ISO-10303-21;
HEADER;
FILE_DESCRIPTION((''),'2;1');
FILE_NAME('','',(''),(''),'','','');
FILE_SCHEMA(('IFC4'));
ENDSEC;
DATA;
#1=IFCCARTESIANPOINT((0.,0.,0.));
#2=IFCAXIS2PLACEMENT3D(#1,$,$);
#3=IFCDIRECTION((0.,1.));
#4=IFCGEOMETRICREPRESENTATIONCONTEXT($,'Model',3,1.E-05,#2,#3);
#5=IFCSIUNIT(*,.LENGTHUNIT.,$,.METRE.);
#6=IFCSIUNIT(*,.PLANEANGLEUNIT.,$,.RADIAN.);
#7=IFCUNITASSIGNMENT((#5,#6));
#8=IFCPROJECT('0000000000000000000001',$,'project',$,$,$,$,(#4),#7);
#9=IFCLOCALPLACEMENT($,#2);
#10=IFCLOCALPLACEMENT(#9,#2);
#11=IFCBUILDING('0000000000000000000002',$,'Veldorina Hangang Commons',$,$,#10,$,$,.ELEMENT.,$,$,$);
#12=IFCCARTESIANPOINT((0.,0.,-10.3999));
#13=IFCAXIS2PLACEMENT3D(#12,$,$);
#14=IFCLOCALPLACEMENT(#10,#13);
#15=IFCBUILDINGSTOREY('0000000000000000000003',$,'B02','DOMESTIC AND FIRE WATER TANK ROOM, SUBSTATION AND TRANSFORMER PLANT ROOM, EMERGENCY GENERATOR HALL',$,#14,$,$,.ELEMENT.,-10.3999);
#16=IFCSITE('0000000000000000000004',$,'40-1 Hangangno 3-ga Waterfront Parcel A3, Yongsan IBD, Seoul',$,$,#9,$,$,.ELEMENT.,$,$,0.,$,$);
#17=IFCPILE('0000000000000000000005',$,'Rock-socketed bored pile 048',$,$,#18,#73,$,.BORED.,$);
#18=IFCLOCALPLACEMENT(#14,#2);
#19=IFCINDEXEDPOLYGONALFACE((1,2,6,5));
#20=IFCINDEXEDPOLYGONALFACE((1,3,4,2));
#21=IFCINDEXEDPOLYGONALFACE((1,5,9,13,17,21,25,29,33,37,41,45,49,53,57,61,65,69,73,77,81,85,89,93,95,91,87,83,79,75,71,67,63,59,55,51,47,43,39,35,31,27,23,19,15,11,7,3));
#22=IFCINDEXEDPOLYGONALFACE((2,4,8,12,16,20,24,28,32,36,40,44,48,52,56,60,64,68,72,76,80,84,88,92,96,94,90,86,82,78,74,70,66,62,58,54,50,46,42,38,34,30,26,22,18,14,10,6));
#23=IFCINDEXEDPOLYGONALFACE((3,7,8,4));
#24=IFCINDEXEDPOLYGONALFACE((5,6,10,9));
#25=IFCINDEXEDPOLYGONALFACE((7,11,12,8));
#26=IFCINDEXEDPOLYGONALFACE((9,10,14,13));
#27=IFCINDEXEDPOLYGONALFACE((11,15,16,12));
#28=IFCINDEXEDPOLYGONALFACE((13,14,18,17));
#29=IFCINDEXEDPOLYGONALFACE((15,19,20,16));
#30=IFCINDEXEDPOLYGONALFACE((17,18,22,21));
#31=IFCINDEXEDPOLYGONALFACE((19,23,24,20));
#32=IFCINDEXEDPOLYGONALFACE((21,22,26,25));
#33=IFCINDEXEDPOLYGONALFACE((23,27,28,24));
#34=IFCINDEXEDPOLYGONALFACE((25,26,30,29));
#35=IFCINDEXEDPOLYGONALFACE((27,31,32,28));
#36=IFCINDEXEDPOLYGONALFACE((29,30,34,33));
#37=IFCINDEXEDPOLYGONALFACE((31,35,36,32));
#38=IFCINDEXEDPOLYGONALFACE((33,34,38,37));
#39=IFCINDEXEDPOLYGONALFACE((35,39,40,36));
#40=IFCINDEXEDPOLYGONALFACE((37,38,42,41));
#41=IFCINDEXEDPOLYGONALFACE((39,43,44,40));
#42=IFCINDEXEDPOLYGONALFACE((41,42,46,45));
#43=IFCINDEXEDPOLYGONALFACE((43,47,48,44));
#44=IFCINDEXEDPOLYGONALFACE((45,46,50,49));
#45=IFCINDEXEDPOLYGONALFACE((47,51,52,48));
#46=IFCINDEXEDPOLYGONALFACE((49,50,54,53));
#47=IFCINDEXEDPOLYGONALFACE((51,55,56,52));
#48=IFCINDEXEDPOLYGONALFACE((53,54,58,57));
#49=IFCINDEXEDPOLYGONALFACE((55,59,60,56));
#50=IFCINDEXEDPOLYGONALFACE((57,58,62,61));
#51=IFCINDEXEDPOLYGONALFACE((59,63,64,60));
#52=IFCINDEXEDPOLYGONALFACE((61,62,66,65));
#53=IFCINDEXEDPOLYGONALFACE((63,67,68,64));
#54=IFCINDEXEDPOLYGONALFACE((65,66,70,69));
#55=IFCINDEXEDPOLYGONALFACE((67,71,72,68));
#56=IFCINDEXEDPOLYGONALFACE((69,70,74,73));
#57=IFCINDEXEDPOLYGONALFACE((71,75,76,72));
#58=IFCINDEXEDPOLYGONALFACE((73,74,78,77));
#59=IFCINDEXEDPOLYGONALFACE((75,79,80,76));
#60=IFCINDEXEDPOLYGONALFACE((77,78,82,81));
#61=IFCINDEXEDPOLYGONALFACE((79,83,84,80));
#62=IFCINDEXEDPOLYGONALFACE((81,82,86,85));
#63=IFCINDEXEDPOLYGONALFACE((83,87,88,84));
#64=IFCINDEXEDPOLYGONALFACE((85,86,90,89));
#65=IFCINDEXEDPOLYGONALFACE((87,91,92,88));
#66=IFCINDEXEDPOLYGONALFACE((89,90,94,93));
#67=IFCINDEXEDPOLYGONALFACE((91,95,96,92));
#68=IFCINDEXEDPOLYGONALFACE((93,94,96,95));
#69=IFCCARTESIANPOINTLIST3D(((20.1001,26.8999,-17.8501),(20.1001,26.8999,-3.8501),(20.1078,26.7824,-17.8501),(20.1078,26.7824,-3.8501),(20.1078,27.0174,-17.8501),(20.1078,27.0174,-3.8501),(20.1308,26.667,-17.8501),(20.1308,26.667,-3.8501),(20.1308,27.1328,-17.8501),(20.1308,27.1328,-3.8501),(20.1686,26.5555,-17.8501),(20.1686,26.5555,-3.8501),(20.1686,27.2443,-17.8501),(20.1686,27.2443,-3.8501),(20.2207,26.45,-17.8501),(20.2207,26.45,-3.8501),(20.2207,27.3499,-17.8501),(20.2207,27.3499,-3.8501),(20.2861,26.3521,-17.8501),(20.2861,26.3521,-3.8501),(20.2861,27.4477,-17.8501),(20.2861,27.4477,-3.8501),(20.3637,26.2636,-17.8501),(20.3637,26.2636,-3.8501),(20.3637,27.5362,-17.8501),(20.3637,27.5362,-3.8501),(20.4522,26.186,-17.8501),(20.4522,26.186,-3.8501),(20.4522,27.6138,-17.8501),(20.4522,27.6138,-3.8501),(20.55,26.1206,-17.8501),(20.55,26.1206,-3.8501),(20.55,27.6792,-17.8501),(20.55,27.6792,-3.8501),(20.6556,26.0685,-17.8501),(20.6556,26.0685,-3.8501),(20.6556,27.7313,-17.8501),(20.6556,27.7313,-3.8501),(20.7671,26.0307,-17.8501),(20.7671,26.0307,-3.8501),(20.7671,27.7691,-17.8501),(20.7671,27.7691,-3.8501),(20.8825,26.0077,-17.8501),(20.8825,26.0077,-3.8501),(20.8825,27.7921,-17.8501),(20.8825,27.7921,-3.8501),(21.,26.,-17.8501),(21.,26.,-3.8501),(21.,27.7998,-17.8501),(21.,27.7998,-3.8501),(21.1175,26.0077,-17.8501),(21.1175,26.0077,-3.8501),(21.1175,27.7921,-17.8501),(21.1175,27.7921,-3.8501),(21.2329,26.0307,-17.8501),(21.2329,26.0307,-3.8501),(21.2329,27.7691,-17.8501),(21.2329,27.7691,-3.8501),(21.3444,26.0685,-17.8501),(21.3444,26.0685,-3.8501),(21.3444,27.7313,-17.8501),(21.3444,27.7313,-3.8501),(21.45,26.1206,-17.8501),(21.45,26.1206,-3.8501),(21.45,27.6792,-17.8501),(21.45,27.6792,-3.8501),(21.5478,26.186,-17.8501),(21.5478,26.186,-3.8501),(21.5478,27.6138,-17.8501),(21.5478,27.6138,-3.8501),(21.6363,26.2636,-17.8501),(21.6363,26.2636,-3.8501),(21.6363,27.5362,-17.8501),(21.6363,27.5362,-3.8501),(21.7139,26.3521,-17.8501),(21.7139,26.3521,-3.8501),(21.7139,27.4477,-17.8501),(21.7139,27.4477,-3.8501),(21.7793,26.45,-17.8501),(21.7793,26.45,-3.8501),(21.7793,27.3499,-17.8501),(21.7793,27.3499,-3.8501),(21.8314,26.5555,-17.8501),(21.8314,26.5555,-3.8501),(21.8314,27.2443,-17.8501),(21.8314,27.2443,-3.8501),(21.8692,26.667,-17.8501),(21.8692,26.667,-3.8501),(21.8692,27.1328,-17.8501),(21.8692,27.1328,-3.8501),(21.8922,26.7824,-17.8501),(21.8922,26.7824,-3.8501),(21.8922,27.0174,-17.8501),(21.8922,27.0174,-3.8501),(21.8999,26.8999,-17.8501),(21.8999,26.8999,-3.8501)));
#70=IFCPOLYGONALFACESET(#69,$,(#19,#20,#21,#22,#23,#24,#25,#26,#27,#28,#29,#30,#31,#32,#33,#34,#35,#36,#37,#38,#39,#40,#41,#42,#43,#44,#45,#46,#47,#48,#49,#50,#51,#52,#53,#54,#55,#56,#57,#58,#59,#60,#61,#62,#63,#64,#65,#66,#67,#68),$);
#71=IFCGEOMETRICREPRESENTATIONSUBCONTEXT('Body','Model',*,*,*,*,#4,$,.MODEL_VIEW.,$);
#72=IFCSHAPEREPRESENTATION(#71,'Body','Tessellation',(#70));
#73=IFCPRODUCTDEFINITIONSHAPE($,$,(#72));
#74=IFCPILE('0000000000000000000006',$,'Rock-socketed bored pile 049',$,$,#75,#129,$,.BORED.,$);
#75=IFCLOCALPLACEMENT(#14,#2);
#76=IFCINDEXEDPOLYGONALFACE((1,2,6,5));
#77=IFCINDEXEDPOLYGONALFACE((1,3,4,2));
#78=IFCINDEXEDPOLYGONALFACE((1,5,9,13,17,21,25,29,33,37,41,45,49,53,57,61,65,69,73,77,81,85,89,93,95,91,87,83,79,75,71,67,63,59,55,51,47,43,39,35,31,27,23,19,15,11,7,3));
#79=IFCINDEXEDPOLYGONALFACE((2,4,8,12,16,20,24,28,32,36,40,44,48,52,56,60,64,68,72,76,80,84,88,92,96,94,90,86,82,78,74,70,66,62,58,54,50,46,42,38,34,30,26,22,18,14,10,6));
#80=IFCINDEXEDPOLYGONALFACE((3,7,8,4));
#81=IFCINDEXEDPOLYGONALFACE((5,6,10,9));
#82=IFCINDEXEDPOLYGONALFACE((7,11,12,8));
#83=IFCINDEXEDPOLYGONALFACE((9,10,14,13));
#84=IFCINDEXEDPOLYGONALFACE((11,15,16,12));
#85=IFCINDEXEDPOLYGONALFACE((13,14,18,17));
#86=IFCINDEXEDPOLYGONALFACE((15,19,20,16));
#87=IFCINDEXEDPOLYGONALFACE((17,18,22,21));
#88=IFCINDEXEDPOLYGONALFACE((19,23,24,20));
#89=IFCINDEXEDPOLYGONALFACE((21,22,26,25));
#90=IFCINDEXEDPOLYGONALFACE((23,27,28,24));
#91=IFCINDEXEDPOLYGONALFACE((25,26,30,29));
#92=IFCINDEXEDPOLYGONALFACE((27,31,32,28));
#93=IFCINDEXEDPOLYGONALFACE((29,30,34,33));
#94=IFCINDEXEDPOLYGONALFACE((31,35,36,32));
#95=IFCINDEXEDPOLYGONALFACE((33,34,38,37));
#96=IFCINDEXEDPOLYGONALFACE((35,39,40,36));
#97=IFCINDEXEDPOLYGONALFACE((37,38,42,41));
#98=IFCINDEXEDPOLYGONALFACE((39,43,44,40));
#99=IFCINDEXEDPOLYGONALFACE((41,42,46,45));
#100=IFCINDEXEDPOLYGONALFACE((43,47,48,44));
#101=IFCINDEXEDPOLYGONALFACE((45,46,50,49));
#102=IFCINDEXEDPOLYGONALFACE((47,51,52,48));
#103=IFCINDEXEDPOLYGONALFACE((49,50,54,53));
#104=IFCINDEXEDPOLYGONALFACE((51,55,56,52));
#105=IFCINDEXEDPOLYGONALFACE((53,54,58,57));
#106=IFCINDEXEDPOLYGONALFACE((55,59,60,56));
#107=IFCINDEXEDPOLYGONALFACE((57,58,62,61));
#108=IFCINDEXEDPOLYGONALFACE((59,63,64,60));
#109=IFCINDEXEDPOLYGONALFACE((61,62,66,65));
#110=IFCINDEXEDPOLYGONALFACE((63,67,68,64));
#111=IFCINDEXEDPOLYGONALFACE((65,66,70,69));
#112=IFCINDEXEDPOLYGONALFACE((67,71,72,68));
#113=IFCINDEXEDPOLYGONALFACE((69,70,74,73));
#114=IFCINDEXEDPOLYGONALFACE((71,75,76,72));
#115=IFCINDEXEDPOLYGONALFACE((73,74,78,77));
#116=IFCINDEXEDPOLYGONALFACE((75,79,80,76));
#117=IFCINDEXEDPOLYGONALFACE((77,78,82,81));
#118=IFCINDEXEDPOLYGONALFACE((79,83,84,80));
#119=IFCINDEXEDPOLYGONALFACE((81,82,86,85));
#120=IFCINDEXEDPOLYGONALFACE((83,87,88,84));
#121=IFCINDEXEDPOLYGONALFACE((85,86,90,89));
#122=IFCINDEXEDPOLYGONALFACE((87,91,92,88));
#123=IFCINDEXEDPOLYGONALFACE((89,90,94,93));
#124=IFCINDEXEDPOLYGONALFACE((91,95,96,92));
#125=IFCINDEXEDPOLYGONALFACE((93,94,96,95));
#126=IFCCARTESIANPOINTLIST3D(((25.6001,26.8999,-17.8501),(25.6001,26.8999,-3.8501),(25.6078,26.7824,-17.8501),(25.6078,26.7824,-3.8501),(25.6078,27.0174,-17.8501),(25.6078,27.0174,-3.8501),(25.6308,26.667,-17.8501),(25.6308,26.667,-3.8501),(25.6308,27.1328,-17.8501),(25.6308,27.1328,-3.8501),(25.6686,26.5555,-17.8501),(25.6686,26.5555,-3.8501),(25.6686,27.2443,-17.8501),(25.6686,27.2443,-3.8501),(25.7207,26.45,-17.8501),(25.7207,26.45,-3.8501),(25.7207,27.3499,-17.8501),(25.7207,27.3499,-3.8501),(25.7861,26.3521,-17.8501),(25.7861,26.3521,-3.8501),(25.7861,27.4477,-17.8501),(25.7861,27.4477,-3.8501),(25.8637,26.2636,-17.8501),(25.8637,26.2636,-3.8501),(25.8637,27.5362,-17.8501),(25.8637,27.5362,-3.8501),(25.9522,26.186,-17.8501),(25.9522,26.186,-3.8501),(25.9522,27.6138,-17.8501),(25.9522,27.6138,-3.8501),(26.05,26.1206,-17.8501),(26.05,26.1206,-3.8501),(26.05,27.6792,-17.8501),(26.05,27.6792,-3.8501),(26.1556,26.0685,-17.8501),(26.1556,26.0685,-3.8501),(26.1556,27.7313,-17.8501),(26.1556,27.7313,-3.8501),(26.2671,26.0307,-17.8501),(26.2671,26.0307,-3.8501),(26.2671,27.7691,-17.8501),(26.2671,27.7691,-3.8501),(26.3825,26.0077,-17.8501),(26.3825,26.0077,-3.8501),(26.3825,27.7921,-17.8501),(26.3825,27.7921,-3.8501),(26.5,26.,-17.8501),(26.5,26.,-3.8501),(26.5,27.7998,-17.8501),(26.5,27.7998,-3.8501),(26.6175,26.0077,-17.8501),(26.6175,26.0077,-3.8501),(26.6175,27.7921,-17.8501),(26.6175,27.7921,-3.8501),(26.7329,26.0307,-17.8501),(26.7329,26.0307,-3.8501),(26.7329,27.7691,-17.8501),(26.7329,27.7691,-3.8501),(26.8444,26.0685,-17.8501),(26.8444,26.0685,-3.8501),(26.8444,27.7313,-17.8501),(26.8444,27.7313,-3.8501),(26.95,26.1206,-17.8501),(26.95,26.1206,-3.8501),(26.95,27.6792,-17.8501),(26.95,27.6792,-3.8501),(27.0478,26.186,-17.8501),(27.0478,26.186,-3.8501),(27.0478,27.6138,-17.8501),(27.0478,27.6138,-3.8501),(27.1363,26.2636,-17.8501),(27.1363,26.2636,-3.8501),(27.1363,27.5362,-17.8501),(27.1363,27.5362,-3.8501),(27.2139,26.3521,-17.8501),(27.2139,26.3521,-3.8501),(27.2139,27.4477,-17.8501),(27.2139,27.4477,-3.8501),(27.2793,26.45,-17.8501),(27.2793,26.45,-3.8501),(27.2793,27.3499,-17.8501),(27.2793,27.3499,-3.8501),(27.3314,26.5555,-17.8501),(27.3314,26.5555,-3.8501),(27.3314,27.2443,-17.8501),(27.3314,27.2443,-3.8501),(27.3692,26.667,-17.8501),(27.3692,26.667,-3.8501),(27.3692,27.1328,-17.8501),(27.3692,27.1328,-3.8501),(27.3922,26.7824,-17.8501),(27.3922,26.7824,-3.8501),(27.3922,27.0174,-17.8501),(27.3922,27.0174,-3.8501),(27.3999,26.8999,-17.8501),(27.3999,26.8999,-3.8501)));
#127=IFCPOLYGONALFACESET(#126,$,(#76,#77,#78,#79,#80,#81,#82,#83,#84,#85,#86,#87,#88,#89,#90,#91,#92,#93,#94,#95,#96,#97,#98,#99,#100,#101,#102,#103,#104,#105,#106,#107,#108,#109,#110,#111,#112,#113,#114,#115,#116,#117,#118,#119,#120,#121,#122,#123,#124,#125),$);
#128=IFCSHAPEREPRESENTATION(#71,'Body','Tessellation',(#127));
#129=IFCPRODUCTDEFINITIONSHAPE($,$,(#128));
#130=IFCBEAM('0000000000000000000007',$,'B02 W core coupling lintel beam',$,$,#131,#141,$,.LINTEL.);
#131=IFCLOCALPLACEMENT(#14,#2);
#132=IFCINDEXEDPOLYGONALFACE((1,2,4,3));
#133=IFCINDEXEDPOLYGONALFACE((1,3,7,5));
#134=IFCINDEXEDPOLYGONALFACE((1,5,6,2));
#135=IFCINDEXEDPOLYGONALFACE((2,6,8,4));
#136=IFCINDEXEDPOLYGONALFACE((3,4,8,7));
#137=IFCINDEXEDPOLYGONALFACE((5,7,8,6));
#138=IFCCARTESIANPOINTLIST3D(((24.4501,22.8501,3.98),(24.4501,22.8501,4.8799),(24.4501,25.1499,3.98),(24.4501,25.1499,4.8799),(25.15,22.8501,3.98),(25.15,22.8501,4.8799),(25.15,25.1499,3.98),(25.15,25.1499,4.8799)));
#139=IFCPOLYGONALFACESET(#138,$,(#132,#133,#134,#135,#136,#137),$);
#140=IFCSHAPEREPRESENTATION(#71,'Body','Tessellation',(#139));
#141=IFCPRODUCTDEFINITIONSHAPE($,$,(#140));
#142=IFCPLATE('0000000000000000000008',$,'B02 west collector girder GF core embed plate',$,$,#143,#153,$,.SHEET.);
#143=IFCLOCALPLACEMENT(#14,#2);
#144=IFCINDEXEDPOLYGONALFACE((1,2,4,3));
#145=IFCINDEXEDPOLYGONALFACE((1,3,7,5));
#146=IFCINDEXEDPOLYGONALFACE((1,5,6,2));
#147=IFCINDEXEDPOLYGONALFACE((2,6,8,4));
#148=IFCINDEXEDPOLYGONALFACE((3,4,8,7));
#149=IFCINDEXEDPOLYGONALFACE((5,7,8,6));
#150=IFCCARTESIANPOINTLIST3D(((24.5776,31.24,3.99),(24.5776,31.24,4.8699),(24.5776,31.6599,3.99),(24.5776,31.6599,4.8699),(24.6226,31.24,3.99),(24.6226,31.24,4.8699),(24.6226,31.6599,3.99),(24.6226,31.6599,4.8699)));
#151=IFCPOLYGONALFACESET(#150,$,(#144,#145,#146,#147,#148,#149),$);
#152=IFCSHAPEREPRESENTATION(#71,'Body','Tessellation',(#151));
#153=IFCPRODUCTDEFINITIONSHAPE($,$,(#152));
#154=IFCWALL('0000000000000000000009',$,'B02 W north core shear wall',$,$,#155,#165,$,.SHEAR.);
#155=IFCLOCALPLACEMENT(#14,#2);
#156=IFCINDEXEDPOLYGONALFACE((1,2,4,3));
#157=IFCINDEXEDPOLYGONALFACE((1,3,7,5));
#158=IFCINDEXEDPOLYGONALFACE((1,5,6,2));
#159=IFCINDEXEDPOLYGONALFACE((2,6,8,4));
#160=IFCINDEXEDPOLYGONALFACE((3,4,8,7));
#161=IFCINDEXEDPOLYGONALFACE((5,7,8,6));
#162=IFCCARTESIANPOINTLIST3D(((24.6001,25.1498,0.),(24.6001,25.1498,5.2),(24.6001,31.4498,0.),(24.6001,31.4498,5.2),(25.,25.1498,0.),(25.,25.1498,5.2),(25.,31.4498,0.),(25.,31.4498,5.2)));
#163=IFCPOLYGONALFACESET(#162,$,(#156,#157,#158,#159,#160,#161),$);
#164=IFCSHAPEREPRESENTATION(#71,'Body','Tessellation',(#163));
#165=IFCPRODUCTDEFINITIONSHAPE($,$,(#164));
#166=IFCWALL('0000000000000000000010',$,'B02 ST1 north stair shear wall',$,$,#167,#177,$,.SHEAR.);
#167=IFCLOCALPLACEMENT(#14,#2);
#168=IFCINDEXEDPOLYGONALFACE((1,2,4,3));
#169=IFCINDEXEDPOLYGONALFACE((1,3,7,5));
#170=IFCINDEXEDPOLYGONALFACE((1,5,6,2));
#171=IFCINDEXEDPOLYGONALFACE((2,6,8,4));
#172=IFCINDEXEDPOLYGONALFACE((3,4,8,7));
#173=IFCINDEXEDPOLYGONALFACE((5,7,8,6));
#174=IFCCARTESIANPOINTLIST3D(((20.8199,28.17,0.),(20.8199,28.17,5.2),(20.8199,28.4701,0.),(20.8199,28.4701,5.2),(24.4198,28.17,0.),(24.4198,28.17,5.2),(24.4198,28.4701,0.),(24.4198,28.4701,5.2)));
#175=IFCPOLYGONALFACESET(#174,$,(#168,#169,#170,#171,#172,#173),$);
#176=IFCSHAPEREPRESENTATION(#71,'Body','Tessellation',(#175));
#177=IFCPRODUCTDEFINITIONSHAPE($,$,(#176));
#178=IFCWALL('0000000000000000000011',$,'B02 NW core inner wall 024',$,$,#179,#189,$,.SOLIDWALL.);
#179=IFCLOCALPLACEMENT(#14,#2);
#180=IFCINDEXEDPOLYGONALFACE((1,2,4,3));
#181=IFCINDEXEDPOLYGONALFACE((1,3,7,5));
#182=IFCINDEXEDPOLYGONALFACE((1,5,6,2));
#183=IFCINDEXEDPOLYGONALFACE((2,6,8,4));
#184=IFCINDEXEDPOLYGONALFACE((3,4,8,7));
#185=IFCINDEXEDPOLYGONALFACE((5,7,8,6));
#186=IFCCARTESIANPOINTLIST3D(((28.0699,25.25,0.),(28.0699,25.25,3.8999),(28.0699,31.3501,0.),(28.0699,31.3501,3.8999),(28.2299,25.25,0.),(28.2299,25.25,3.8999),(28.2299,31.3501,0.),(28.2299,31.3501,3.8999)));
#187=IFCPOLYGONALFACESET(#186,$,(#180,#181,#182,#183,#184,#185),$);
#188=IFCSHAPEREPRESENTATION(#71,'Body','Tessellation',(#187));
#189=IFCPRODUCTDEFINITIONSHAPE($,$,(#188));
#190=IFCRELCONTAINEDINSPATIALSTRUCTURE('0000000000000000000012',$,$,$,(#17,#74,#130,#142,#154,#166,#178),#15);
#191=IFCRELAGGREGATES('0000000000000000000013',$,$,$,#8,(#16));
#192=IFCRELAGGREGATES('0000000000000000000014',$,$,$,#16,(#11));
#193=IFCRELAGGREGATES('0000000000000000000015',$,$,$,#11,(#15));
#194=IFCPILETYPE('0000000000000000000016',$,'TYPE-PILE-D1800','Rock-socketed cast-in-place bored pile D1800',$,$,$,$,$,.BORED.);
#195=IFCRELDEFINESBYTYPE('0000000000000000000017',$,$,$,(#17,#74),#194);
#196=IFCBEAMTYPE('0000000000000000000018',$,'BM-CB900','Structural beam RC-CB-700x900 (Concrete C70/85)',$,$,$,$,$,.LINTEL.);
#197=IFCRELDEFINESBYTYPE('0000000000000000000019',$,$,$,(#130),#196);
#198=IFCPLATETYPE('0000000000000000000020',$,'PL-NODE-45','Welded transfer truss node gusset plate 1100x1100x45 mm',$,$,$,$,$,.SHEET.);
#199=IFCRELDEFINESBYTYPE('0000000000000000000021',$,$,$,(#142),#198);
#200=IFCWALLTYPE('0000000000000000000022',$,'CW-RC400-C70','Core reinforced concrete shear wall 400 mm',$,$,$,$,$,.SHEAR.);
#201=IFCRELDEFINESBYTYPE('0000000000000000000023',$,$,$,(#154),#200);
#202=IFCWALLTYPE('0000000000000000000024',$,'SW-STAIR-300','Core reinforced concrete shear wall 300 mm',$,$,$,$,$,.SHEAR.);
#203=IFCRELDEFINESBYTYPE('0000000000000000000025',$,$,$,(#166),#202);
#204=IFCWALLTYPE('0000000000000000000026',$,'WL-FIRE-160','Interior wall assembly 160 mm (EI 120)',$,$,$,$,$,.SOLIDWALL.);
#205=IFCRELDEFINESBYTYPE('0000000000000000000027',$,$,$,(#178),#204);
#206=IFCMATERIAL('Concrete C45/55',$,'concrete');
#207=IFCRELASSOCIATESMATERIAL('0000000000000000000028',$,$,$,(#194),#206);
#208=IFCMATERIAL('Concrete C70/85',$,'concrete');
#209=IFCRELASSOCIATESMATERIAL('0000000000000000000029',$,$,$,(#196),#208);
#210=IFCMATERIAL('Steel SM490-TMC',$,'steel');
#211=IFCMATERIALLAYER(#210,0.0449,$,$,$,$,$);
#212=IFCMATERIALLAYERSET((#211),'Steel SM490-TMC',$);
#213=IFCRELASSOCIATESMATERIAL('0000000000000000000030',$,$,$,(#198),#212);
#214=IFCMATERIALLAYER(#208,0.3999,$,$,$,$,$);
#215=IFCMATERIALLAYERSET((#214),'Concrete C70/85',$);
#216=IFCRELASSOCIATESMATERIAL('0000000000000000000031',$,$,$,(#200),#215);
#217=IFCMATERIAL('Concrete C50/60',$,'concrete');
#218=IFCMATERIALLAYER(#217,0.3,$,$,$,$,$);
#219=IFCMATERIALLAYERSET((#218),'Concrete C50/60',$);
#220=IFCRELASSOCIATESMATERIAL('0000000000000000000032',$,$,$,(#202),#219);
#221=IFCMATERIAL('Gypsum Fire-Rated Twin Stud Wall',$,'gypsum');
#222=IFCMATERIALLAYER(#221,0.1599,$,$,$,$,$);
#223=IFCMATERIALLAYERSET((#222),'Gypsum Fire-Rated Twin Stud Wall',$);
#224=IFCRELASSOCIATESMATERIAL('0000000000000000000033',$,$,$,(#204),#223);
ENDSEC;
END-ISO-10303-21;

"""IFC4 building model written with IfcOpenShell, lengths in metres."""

from ifc_helpers import new_model, si_unit, direction, frame, frame_2d, origin, origin_2d, place, context, subcontext, project, spatial, rectangle, circle, extrude, material, layer, layer_set, material_profile, profile_set, type_object, element, save


model = new_model("IFC4")

# Units and contexts
model_context = context("Model", 3, precision=1e-05, world=origin(), true_north=direction((0.0, 1.0)))
body_context = subcontext(model_context, "Body", "Model", "MODEL_VIEW")
ifc_project = project(units=[si_unit("LENGTHUNIT", "METRE"), si_unit("PLANEANGLEUNIT", "RADIAN")], contexts=[model_context])

# Site, building, storey
site_placement = place(None, origin())
site = spatial("IfcSite", under=ifc_project, at=site_placement, Name="40-1 Hangangno 3-ga Waterfront Parcel A3, Yongsan IBD, Seoul", CompositionType="ELEMENT", RefElevation=0.0)
building_placement = place(site_placement, origin())
building = spatial("IfcBuilding", under=site, at=building_placement, Name="Veldorina Hangang Commons", CompositionType="ELEMENT")
storey_placement = place(building_placement, frame((0.0, 0.0, -10.3999)))
storey = spatial("IfcBuildingStorey", under=building, at=storey_placement, Name="B02", Description="DOMESTIC AND FIRE WATER TANK ROOM, SUBSTATION AND TRANSFORMER PLANT ROOM, EMERGENCY GENERATOR HALL", CompositionType="ELEMENT", Elevation=-10.3999)

# Piles
ifc_material_1 = material(Name="Concrete C45/55", Category="concrete")
ifc_material_profile_1 = material_profile(ifc_material_1, circle(Radius=0.8999, at=origin_2d()), Name="PILE-D1800")
ifc_profile_set_1 = profile_set([ifc_material_profile_1], Name="Concrete C45/55")
pile_type = type_object("IfcPileType", Name="TYPE-PILE-D1800", Description="Rock-socketed cast-in-place bored pile D1800", PredefinedType="BORED", material=ifc_profile_set_1)
for number, where, z_axis, x_axis, name in (
    (1, (21.0, 26.8999, -3.8501), (0.0, 0.0, -1.0), (1.0, 0.0, 0.0), "Rock-socketed bored pile 048"),
    (2, (26.5, 26.8999, -3.8501), (0.0, 0.0, -1.0), (1.0, 0.0, 0.0), "Rock-socketed bored pile 049"),
):
    element("IfcPile", number, at=place(storey_placement, frame(where, z_axis=z_axis, x_axis=x_axis)), inside=storey, type_object=pile_type, Name=name, PredefinedType="BORED", context=body_context, shape_type="SweptSolid", body=[
        extrude(circle(Radius=0.8999, at=origin_2d()), origin(), (0.0, 0.0, 1.0), 14.0),
    ])

# Beam
ifc_material_2 = material(Name="Concrete C70/85", Category="concrete")
ifc_material_profile_2 = material_profile(ifc_material_2, rectangle(XDim=0.7, YDim=0.8999, at=origin_2d()), Name="RC-CB-700x900")
ifc_profile_set_2 = profile_set([ifc_material_profile_2], Name="Concrete C70/85")
beam_type = type_object("IfcBeamType", Name="BM-CB900", Description="Structural beam RC-CB-700x900 (Concrete C70/85)", PredefinedType="LINTEL", material=ifc_profile_set_2)
beam_placement = place(storey_placement, frame((24.8, 22.8501, 4.4299), z_axis=(0.0, 1.0, 0.0), x_axis=(-1.0, 0.0, 0.0)))
element("IfcBeam", 3, at=beam_placement, inside=storey, type_object=beam_type, Name="B02 W core coupling lintel beam", PredefinedType="LINTEL", context=body_context, shape_type="SweptSolid", body=[
    extrude(rectangle(XDim=0.7, YDim=0.8999, at=origin_2d()), origin(), (0.0, 0.0, 1.0), 2.2998),
])

# Plate
ifc_material_3 = material(Name="Steel SM490-TMC", Category="steel")
ifc_layer_1 = layer(ifc_material_3, 0.0449)
ifc_layer_set_1 = layer_set([ifc_layer_1], Name="Steel SM490-TMC")
plate_type = type_object("IfcPlateType", Name="PL-NODE-45", Description="Welded transfer truss node gusset plate 1100x1100x45 mm", PredefinedType="SHEET", material=ifc_layer_set_1)
plate_placement = place(storey_placement, frame((24.6001, 31.45, 3.99), z_axis=(0.0, 0.0, 1.0), x_axis=(1.0, 0.0, 0.0)))
element("IfcPlate", 4, at=plate_placement, inside=storey, type_object=plate_type, Name="B02 west collector girder GF core embed plate", PredefinedType="SHEET", context=body_context, shape_type="SweptSolid", body=[
    extrude(rectangle(XDim=0.0449, YDim=0.4199, at=origin_2d()), origin(), (0.0, 0.0, 1.0), 0.8799),
])

# Walls
ifc_layer_2 = layer(ifc_material_2, 0.3999)
ifc_layer_set_2 = layer_set([ifc_layer_2], Name="Concrete C70/85")
wall_type_1 = type_object("IfcWallType", Name="CW-RC400-C70", Description="Core reinforced concrete shear wall 400 mm", PredefinedType="SHEAR", material=ifc_layer_set_2)
wall_1_placement = place(storey_placement, frame((24.8, 25.1499, 0.0), z_axis=(0.0, 0.0, 1.0), x_axis=(0.0, 1.0, 0.0)))
element("IfcWall", 5, at=wall_1_placement, inside=storey, type_object=wall_type_1, Name="B02 W north core shear wall", PredefinedType="SHEAR", context=body_context, shape_type="SweptSolid", body=[
    extrude(rectangle(XDim=6.3, YDim=0.3999, at=frame_2d((3.1499, 0.0))), origin(), (0.0, 0.0, 1.0), 5.2),
])
ifc_material_4 = material(Name="Concrete C50/60", Category="concrete")
ifc_layer_3 = layer(ifc_material_4, 0.3)
ifc_layer_set_3 = layer_set([ifc_layer_3], Name="Concrete C50/60")
wall_type_2 = type_object("IfcWallType", Name="SW-STAIR-300", Description="Core reinforced concrete shear wall 300 mm", PredefinedType="SHEAR", material=ifc_layer_set_3)
wall_2_placement = place(storey_placement, frame((20.8201, 28.3201, 0.0), z_axis=(0.0, 0.0, 1.0), x_axis=(1.0, 0.0, 0.0)))
element("IfcWall", 6, at=wall_2_placement, inside=storey, type_object=wall_type_2, Name="B02 ST1 north stair shear wall", PredefinedType="SHEAR", context=body_context, shape_type="SweptSolid", body=[
    extrude(rectangle(XDim=3.5999, YDim=0.3, at=frame_2d((1.7998, 0.0))), origin(), (0.0, 0.0, 1.0), 5.2),
])
ifc_material_5 = material(Name="Gypsum Fire-Rated Twin Stud Wall", Category="gypsum")
ifc_layer_4 = layer(ifc_material_5, 0.1599)
ifc_layer_set_4 = layer_set([ifc_layer_4], Name="Gypsum Fire-Rated Twin Stud Wall")
wall_type_3 = type_object("IfcWallType", Name="WL-FIRE-160", Description="Interior wall assembly 160 mm (EI 120)", PredefinedType="SOLIDWALL", material=ifc_layer_set_4)
wall_3_placement = place(storey_placement, frame((28.1499, 25.25, 0.0), z_axis=(0.0, 0.0, 1.0), x_axis=(0.0, 1.0, 0.0)))
element("IfcWall", 7, at=wall_3_placement, inside=storey, type_object=wall_type_3, Name="B02 NW core inner wall 024", PredefinedType="SOLIDWALL", context=body_context, shape_type="SweptSolid", body=[
    extrude(rectangle(XDim=6.1001, YDim=0.1599, at=frame_2d((3.05, 0.0))), origin(), (0.0, 0.0, 1.0), 3.8999),
])

save(model, "model.ifc")
